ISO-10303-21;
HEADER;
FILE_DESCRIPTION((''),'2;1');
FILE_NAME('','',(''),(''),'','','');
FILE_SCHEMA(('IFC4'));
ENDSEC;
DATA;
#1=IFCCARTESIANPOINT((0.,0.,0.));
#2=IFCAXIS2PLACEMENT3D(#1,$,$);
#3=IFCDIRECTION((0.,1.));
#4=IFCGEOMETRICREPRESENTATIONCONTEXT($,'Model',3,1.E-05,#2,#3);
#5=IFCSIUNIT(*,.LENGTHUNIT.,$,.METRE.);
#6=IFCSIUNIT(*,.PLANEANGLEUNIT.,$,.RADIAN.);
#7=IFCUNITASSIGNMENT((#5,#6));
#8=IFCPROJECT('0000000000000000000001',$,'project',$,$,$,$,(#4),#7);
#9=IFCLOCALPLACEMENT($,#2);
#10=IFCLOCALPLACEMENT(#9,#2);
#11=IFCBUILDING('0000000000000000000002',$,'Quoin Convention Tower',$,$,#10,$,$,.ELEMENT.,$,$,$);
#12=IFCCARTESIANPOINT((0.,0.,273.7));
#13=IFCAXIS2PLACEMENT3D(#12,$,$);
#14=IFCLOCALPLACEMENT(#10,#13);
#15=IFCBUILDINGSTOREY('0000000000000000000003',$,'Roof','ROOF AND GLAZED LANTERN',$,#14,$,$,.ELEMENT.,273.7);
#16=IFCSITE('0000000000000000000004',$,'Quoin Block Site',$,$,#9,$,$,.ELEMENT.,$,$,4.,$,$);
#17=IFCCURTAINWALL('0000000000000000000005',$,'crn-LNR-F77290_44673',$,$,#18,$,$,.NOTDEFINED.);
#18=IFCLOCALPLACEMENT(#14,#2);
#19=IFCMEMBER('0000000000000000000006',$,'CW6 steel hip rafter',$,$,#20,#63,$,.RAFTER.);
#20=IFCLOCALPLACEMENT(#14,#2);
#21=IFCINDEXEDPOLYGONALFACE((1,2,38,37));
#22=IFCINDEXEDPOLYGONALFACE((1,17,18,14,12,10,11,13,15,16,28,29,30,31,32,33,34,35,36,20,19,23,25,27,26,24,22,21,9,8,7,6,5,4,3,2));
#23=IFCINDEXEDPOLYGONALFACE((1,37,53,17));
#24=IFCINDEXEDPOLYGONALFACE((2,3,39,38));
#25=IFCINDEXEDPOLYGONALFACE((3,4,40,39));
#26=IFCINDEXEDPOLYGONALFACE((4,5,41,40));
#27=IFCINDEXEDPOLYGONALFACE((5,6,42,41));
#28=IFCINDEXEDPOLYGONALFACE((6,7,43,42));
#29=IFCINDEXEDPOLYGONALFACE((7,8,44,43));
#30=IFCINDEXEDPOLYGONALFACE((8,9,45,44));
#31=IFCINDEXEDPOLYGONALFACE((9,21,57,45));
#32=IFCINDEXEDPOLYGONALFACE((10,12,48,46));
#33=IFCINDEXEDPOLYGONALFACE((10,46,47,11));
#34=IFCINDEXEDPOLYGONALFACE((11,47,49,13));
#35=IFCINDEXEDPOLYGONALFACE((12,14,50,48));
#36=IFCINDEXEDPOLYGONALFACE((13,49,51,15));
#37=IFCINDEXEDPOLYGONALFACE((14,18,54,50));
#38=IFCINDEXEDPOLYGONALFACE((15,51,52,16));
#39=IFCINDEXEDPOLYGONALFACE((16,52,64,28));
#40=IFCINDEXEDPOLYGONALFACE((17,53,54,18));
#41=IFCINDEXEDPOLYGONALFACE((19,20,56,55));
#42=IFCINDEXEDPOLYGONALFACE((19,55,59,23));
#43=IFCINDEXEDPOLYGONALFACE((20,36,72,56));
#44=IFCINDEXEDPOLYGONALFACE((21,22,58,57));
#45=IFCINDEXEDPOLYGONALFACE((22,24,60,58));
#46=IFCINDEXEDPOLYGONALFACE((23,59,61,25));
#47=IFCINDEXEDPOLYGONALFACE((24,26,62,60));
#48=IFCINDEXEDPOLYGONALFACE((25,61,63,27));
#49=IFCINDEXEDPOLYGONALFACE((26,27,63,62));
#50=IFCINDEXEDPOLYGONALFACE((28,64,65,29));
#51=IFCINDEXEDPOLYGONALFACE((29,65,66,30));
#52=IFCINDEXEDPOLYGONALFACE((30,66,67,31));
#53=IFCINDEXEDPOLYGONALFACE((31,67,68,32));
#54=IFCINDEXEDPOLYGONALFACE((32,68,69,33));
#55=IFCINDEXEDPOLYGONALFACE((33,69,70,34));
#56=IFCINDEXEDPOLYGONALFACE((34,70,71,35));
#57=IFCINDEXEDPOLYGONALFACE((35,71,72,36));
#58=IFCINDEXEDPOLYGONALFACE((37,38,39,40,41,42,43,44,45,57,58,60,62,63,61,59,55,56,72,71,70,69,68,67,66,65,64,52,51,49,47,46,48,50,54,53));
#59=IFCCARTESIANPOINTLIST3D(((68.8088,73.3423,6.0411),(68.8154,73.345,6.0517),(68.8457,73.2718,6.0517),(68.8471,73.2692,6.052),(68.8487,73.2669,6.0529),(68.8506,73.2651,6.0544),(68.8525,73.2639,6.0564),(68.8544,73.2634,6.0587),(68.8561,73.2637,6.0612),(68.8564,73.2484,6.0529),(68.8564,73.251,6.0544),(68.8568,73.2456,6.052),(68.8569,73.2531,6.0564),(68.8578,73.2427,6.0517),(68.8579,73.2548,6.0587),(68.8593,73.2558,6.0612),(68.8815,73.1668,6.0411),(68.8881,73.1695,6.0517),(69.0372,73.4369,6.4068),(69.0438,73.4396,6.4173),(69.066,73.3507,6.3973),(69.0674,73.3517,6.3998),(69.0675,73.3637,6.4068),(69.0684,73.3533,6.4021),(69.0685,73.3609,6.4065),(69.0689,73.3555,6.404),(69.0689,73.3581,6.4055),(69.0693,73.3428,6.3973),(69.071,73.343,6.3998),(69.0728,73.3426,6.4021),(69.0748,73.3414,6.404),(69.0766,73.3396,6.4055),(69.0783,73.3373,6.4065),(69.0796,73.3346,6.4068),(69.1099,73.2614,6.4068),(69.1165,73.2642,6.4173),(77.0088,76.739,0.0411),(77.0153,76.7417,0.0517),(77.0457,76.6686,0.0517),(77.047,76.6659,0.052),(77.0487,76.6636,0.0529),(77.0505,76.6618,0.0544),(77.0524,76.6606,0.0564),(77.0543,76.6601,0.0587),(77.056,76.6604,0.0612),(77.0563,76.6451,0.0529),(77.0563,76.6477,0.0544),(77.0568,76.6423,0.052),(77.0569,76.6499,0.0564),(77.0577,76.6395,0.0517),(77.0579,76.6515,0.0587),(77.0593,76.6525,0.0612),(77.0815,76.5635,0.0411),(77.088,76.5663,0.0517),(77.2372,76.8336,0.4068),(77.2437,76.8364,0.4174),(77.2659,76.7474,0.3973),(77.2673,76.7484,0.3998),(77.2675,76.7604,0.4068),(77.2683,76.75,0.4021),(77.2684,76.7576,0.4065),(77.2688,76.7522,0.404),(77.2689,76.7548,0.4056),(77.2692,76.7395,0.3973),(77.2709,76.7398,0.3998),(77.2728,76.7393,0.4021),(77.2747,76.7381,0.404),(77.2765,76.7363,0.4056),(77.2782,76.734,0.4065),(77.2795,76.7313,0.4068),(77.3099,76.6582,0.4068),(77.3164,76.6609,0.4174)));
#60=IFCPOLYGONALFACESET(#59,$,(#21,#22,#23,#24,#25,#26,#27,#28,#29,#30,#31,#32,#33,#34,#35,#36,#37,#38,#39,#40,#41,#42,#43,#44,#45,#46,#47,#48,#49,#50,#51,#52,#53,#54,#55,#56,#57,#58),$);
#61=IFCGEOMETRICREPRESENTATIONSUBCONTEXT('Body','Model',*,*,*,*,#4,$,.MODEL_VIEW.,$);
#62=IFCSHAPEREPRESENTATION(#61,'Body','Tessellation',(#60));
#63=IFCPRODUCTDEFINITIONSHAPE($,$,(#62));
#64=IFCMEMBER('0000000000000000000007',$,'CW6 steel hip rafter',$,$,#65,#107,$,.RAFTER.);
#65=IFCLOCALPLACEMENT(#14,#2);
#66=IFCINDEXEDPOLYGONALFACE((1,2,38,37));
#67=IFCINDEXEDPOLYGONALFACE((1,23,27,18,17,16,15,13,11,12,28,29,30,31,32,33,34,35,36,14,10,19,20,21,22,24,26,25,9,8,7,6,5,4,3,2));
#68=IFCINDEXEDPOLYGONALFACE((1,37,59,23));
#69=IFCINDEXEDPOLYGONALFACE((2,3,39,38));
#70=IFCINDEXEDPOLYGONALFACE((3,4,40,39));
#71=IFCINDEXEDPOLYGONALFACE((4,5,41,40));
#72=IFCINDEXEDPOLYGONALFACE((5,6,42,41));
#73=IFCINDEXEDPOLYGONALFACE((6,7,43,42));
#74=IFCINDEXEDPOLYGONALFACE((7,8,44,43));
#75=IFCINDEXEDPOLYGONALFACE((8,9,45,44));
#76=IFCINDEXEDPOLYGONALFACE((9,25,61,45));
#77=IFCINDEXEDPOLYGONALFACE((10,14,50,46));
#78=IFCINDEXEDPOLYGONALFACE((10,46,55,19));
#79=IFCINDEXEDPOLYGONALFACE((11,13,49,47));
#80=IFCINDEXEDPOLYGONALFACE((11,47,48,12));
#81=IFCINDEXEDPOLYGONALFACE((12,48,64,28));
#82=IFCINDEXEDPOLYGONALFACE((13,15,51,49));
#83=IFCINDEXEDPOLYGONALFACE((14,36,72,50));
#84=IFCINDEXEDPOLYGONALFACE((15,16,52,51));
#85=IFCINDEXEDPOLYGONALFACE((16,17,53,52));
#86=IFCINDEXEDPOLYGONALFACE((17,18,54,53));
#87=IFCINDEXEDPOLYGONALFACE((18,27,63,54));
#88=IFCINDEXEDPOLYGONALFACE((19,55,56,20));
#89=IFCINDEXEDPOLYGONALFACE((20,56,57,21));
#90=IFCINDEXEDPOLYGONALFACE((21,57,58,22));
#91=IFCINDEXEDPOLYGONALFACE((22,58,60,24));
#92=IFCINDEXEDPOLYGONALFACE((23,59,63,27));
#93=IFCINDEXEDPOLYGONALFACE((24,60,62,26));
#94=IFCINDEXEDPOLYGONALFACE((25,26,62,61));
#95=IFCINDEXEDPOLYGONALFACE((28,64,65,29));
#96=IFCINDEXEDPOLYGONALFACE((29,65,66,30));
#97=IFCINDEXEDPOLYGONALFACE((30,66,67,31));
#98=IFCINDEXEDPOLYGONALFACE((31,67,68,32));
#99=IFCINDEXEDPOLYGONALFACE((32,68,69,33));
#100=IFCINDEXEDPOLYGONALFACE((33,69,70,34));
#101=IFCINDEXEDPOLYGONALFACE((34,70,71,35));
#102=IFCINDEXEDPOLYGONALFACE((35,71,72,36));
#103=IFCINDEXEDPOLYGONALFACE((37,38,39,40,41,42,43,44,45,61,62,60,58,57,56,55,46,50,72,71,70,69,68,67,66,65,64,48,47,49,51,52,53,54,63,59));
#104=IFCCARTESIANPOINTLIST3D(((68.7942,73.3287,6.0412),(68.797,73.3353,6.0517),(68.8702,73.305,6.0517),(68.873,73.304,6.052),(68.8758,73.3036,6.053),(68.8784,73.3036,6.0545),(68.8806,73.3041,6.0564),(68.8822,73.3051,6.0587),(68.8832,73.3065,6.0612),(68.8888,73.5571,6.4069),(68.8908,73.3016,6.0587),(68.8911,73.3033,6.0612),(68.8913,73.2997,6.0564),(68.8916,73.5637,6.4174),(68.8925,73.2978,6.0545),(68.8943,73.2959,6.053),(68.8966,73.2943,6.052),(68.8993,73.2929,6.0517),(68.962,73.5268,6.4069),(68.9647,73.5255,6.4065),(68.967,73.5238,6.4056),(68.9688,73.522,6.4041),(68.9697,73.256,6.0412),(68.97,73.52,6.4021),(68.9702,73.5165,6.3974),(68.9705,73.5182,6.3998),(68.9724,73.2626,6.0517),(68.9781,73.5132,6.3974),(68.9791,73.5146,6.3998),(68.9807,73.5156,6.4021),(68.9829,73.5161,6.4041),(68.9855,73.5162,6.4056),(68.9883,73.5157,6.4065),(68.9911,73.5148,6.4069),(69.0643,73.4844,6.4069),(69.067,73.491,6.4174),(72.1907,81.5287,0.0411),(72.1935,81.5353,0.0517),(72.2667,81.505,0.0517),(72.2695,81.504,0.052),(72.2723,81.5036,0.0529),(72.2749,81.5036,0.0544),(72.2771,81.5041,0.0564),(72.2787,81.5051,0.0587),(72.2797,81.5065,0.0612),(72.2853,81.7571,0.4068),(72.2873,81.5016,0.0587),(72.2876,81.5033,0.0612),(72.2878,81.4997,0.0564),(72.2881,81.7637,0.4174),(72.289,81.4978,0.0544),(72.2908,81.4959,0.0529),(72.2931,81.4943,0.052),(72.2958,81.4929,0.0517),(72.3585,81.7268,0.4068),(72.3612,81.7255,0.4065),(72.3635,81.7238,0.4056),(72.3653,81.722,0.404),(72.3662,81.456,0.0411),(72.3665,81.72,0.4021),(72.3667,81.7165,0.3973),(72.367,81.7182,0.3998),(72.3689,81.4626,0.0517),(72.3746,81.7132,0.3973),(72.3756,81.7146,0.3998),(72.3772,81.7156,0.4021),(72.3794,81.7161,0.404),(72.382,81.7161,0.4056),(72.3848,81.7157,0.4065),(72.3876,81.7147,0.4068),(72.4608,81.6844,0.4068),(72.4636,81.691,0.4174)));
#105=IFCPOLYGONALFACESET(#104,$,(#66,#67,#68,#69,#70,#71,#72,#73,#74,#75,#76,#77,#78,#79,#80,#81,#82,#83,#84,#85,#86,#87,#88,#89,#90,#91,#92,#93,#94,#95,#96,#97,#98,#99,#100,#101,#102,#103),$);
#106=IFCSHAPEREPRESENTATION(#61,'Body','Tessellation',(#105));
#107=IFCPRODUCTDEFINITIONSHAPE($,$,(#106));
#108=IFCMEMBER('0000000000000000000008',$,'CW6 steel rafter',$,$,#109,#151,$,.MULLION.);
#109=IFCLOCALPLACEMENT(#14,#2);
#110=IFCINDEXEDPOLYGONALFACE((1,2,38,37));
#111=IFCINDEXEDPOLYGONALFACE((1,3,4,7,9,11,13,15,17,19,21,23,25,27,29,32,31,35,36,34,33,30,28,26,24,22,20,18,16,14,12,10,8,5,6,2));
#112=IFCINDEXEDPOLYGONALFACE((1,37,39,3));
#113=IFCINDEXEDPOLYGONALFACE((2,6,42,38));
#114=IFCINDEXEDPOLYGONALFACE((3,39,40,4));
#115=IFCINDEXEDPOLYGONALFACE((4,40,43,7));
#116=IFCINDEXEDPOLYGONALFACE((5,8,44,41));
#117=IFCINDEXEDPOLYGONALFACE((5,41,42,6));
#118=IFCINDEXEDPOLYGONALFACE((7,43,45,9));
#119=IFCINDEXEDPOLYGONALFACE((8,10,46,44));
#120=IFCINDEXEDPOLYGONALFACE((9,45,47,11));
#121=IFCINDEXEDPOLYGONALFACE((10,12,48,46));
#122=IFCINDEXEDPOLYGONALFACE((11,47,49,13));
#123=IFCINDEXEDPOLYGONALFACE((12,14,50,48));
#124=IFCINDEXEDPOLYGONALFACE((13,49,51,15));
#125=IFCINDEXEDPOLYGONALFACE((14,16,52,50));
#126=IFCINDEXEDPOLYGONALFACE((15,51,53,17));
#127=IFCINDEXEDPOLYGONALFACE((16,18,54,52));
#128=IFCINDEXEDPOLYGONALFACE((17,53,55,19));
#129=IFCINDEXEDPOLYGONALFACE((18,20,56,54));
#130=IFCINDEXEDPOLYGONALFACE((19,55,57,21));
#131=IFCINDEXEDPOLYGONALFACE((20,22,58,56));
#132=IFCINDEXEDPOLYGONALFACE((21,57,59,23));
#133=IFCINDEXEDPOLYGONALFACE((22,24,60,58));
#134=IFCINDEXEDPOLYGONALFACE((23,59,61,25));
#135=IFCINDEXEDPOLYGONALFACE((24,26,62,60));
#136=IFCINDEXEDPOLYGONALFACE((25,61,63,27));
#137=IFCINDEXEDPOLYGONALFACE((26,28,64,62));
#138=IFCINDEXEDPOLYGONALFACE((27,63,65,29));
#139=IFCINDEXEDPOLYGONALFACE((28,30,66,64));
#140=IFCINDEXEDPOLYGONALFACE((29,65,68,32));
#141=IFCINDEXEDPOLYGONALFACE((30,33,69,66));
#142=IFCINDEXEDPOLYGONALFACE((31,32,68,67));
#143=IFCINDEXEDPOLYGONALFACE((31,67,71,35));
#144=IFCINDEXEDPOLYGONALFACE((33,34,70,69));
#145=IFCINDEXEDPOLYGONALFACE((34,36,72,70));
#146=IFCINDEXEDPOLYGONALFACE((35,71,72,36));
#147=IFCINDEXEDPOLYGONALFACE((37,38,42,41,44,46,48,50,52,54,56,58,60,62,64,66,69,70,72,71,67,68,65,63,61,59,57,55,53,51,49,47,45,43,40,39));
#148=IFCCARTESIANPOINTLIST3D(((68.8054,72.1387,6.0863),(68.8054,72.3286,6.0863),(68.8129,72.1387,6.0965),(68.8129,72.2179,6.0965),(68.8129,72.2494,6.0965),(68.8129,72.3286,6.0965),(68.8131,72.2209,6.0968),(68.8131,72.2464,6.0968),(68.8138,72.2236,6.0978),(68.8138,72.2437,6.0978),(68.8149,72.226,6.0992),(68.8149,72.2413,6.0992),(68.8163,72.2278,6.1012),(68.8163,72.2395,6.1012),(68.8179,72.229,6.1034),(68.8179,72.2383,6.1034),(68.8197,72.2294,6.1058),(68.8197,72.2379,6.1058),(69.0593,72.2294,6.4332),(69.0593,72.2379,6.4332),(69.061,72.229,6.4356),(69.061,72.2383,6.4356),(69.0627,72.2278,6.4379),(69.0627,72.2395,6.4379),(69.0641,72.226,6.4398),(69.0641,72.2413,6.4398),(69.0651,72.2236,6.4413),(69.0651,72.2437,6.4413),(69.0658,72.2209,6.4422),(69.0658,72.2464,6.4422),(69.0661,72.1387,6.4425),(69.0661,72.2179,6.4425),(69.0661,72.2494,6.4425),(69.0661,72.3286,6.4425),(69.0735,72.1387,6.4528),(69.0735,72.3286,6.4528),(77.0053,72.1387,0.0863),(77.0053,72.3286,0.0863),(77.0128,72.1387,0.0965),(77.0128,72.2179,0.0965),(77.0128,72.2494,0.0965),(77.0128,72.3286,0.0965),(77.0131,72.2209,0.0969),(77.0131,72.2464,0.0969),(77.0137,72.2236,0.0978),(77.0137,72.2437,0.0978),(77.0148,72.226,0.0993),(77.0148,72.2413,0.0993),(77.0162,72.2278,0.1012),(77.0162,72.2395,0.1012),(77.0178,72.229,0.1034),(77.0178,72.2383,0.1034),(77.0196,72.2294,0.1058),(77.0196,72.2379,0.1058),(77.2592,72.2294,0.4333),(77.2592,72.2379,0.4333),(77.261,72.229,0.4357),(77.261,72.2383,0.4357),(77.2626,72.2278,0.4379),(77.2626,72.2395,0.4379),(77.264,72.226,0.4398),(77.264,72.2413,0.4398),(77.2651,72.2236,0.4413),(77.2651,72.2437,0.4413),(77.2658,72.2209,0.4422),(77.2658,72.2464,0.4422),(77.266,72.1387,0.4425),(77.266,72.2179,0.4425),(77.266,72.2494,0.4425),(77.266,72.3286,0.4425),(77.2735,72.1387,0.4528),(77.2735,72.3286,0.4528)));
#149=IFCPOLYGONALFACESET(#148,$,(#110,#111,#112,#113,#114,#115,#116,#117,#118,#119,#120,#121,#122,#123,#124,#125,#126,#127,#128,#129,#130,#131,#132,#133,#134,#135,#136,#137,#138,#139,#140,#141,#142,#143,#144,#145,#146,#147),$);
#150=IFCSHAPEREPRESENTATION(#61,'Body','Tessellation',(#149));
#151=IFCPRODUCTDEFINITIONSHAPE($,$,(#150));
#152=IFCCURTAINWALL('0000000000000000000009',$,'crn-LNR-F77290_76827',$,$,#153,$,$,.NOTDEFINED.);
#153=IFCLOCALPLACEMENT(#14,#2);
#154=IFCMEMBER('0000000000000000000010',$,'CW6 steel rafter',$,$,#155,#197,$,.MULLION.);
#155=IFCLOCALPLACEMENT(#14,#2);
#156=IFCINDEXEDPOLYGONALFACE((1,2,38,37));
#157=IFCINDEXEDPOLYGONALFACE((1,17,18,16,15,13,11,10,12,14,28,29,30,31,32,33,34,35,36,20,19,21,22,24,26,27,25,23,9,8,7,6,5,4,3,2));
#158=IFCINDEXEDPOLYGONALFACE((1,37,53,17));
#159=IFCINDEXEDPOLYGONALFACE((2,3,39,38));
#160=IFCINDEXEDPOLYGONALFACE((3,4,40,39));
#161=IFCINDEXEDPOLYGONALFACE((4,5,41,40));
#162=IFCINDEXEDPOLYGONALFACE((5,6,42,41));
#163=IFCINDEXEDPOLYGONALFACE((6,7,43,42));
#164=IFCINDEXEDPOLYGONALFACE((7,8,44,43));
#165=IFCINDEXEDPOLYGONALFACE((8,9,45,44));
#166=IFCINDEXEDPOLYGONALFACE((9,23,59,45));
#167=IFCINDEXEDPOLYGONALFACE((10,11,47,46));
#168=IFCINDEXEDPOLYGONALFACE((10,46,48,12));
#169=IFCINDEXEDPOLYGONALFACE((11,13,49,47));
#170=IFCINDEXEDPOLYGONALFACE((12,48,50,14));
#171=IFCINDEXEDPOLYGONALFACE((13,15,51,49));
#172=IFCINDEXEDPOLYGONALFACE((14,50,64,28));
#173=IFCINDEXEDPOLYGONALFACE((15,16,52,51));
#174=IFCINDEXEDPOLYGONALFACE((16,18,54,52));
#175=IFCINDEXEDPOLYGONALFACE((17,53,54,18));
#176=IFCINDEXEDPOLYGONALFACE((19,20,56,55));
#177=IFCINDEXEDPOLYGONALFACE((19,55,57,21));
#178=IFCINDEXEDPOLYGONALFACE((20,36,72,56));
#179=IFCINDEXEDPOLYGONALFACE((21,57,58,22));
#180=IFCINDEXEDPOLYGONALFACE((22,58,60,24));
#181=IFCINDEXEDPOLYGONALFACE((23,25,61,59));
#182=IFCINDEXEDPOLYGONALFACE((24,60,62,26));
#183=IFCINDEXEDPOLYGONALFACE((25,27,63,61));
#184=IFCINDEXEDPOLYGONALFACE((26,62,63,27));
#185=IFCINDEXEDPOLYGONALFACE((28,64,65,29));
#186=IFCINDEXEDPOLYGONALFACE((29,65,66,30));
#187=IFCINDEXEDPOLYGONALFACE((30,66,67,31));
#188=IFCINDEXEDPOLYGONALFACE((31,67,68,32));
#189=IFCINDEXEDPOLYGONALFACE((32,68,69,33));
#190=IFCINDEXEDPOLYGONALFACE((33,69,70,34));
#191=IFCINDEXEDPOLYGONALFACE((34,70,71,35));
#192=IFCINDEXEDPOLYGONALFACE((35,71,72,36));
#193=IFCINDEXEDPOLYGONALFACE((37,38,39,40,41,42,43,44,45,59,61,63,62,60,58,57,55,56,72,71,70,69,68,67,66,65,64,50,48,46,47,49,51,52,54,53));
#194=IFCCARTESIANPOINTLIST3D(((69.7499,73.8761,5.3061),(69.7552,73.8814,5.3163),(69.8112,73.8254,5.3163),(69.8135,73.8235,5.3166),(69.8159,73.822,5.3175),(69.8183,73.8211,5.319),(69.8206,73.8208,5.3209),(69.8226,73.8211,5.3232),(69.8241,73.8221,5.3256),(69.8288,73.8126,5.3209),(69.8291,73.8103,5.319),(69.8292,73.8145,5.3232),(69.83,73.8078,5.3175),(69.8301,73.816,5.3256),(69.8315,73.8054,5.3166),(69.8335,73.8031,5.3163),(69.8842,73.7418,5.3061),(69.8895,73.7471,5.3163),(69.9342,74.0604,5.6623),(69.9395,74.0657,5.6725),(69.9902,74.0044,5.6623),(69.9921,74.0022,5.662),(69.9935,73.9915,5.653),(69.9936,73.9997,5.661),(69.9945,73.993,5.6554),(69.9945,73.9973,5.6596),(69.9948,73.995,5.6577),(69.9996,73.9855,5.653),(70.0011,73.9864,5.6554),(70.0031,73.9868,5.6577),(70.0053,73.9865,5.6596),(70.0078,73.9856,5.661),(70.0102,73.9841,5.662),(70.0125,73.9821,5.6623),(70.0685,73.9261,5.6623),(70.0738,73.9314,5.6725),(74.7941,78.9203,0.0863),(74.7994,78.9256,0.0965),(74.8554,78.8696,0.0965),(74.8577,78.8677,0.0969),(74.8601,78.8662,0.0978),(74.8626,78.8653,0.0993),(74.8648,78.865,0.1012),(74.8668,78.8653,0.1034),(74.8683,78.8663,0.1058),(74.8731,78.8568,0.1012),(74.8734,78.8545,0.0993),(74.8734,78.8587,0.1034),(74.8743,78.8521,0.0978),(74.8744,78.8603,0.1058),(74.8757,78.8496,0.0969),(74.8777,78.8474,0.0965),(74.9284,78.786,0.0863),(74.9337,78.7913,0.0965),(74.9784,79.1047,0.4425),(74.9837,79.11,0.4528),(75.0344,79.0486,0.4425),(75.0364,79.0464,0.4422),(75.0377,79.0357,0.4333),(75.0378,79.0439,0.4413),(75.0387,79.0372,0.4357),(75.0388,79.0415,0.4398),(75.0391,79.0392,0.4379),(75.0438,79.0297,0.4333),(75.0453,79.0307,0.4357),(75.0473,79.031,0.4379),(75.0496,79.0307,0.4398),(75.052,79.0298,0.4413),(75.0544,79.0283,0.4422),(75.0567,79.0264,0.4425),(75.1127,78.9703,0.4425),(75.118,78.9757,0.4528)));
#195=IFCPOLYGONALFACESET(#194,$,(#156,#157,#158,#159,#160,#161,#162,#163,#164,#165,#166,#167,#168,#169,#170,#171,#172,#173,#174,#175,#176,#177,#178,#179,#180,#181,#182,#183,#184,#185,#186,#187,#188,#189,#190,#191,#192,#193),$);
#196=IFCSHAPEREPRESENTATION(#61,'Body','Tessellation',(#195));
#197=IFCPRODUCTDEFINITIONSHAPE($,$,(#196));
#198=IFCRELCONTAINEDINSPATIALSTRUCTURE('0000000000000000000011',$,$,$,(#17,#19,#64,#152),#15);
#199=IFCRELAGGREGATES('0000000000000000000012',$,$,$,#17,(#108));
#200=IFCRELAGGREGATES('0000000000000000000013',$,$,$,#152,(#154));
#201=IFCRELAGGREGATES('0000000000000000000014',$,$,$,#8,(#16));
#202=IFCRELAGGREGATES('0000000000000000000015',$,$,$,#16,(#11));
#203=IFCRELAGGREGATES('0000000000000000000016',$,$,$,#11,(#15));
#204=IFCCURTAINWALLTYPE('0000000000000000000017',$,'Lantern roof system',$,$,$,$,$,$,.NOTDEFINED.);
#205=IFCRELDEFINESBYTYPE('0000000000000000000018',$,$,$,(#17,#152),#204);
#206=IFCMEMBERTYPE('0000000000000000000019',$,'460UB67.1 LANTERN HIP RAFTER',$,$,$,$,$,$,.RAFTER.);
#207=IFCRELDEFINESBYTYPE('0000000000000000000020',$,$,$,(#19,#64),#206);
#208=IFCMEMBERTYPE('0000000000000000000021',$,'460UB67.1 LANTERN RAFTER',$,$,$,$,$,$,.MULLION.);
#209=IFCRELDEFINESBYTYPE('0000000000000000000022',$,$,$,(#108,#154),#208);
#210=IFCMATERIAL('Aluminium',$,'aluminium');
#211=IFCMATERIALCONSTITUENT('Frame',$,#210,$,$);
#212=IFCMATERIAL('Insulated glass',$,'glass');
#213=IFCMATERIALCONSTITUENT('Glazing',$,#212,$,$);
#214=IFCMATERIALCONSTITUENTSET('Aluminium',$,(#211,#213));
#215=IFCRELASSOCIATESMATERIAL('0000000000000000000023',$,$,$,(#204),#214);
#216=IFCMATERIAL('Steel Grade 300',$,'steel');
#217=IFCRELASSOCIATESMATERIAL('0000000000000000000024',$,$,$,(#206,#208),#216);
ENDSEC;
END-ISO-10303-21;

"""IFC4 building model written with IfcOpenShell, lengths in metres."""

from ifc_helpers import new_model, si_unit, direction, frame, origin, origin_2d, place, context, subcontext, project, spatial, i_section, extrude, material, constituent, constituent_set, material_profile, profile_set, type_object, element, aggregate, save


model = new_model("IFC4")

# Units and contexts
model_context = context("Model", 3, precision=1e-05, world=origin(), true_north=direction((0.0, 1.0)))
body_context = subcontext(model_context, "Body", "Model", "MODEL_VIEW")
ifc_project = project(units=[si_unit("LENGTHUNIT", "METRE"), si_unit("PLANEANGLEUNIT", "RADIAN")], contexts=[model_context])

# Site, building, storey
site_placement = place(None, origin())
site = spatial("IfcSite", under=ifc_project, at=site_placement, Name="Quoin Block Site", CompositionType="ELEMENT", RefElevation=4.0)
building_placement = place(site_placement, origin())
building = spatial("IfcBuilding", under=site, at=building_placement, Name="Quoin Convention Tower", CompositionType="ELEMENT")
storey_placement = place(building_placement, frame((0.0, 0.0, 273.7)))
storey = spatial("IfcBuildingStorey", under=building, at=storey_placement, Name="Roof", Description="ROOF AND GLAZED LANTERN", CompositionType="ELEMENT", Elevation=273.7)

# Shared definitions
ifc_material_1 = material(Name="Steel Grade 300", Category="steel")

# Curtain wall
ifc_material_2 = material(Name="Aluminium", Category="aluminium")
ifc_constituent_1 = constituent(ifc_material_2, Name="Frame")
ifc_material_3 = material(Name="Insulated glass", Category="glass")
ifc_constituent_2 = constituent(ifc_material_3, Name="Glazing")
ifc_constituent_set = constituent_set(constituents=[ifc_constituent_1, ifc_constituent_2], Name="Aluminium")
curtain_wall_type = type_object("IfcCurtainWallType", Name="Lantern roof system", PredefinedType="NOTDEFINED", material=ifc_constituent_set)
curtain_wall_1_placement = place(storey_placement, origin())
curtain_wall_1 = element("IfcCurtainWall", 1, at=curtain_wall_1_placement, inside=storey, type_object=curtain_wall_type, Name="crn-LNR-F77290_44673", PredefinedType="NOTDEFINED")

# Members
ifc_material_profile_1 = material_profile(ifc_material_1, i_section(OverallWidth=0.1899, OverallDepth=0.4541, WebThickness=0.0085, FlangeThickness=0.0127, FilletRadius=0.0115, at=origin_2d()), Name="460UB67.1")
ifc_profile_set_1 = profile_set([ifc_material_profile_1], Name="Steel Grade 300")
member_type_1 = type_object("IfcMemberType", Name="460UB67.1 LANTERN HIP RAFTER", PredefinedType="RAFTER", material=ifc_profile_set_1)
for number, where, z_axis, x_axis, name in (
    (2, (77.1626, 76.7, 0.2292), (-0.765392, -0.317054, 0.560046), (0.382702, -0.923872, 0.0), "CW6 steel hip rafter"),
    (3, (72.3271, 81.6099, 0.2292), (-0.317034, -0.765397, 0.56005), (0.923881, -0.382679, 0.0), "CW6 steel hip rafter"),
):
    element("IfcMember", number, at=place(storey_placement, frame(where, z_axis=z_axis, x_axis=x_axis)), inside=storey, type_object=member_type_1, Name=name, PredefinedType="RAFTER", context=body_context, shape_type="SweptSolid", body=[
        extrude(i_section(OverallWidth=0.1899, OverallDepth=0.4541, WebThickness=0.0085, FlangeThickness=0.0127, FilletRadius=0.0115, at=origin_2d()), origin(), (0.0, 0.0, 1.0), 10.7134),
    ])

# Member
ifc_material_profile_2 = material_profile(ifc_material_1, i_section(OverallWidth=0.1899, OverallDepth=0.4541, WebThickness=0.0085, FlangeThickness=0.0127, FilletRadius=0.0115, at=origin_2d()), Name="460UB67.1")
ifc_profile_set_2 = profile_set([ifc_material_profile_2], Name="Steel Grade 300")
member_type_2 = type_object("IfcMemberType", Name="460UB67.1 LANTERN RAFTER", PredefinedType="MULLION", material=ifc_profile_set_2)
member_1_placement = place(storey_placement, frame((77.1394, 72.2336, 0.2695), z_axis=(-0.807029, 0.0, 0.590512), x_axis=(0.0, -1.0, 0.0)))
member_1 = element("IfcMember", 4, at=member_1_placement, type_object=member_type_2, Name="CW6 steel rafter", PredefinedType="MULLION", context=body_context, shape_type="SweptSolid", body=[
    extrude(i_section(OverallWidth=0.1899, OverallDepth=0.4541, WebThickness=0.0085, FlangeThickness=0.0127, FilletRadius=0.0115, at=origin_2d()), origin(), (0.0, 0.0, 1.0), 10.1606),
])

# Curtain wall, member
curtain_wall_2_placement = place(storey_placement, origin())
curtain_wall_2 = element("IfcCurtainWall", 5, at=curtain_wall_2_placement, inside=storey, type_object=curtain_wall_type, Name="crn-LNR-F77290_76827", PredefinedType="NOTDEFINED")
member_2_placement = place(storey_placement, frame((74.9561, 78.948, 0.2695), z_axis=(-0.570655, -0.570655, 0.590514), x_axis=(0.707107, -0.707107, 0.0)))
member_2 = element("IfcMember", 6, at=member_2_placement, type_object=member_type_2, Name="CW6 steel rafter", PredefinedType="MULLION", context=body_context, shape_type="SweptSolid", body=[
    extrude(i_section(OverallWidth=0.1899, OverallDepth=0.4541, WebThickness=0.0085, FlangeThickness=0.0127, FilletRadius=0.0115, at=origin_2d()), origin(), (0.0, 0.0, 1.0), 8.8394),
])

aggregate(curtain_wall_1, [member_1])
aggregate(curtain_wall_2, [member_2])

save(model, "model.ifc")
